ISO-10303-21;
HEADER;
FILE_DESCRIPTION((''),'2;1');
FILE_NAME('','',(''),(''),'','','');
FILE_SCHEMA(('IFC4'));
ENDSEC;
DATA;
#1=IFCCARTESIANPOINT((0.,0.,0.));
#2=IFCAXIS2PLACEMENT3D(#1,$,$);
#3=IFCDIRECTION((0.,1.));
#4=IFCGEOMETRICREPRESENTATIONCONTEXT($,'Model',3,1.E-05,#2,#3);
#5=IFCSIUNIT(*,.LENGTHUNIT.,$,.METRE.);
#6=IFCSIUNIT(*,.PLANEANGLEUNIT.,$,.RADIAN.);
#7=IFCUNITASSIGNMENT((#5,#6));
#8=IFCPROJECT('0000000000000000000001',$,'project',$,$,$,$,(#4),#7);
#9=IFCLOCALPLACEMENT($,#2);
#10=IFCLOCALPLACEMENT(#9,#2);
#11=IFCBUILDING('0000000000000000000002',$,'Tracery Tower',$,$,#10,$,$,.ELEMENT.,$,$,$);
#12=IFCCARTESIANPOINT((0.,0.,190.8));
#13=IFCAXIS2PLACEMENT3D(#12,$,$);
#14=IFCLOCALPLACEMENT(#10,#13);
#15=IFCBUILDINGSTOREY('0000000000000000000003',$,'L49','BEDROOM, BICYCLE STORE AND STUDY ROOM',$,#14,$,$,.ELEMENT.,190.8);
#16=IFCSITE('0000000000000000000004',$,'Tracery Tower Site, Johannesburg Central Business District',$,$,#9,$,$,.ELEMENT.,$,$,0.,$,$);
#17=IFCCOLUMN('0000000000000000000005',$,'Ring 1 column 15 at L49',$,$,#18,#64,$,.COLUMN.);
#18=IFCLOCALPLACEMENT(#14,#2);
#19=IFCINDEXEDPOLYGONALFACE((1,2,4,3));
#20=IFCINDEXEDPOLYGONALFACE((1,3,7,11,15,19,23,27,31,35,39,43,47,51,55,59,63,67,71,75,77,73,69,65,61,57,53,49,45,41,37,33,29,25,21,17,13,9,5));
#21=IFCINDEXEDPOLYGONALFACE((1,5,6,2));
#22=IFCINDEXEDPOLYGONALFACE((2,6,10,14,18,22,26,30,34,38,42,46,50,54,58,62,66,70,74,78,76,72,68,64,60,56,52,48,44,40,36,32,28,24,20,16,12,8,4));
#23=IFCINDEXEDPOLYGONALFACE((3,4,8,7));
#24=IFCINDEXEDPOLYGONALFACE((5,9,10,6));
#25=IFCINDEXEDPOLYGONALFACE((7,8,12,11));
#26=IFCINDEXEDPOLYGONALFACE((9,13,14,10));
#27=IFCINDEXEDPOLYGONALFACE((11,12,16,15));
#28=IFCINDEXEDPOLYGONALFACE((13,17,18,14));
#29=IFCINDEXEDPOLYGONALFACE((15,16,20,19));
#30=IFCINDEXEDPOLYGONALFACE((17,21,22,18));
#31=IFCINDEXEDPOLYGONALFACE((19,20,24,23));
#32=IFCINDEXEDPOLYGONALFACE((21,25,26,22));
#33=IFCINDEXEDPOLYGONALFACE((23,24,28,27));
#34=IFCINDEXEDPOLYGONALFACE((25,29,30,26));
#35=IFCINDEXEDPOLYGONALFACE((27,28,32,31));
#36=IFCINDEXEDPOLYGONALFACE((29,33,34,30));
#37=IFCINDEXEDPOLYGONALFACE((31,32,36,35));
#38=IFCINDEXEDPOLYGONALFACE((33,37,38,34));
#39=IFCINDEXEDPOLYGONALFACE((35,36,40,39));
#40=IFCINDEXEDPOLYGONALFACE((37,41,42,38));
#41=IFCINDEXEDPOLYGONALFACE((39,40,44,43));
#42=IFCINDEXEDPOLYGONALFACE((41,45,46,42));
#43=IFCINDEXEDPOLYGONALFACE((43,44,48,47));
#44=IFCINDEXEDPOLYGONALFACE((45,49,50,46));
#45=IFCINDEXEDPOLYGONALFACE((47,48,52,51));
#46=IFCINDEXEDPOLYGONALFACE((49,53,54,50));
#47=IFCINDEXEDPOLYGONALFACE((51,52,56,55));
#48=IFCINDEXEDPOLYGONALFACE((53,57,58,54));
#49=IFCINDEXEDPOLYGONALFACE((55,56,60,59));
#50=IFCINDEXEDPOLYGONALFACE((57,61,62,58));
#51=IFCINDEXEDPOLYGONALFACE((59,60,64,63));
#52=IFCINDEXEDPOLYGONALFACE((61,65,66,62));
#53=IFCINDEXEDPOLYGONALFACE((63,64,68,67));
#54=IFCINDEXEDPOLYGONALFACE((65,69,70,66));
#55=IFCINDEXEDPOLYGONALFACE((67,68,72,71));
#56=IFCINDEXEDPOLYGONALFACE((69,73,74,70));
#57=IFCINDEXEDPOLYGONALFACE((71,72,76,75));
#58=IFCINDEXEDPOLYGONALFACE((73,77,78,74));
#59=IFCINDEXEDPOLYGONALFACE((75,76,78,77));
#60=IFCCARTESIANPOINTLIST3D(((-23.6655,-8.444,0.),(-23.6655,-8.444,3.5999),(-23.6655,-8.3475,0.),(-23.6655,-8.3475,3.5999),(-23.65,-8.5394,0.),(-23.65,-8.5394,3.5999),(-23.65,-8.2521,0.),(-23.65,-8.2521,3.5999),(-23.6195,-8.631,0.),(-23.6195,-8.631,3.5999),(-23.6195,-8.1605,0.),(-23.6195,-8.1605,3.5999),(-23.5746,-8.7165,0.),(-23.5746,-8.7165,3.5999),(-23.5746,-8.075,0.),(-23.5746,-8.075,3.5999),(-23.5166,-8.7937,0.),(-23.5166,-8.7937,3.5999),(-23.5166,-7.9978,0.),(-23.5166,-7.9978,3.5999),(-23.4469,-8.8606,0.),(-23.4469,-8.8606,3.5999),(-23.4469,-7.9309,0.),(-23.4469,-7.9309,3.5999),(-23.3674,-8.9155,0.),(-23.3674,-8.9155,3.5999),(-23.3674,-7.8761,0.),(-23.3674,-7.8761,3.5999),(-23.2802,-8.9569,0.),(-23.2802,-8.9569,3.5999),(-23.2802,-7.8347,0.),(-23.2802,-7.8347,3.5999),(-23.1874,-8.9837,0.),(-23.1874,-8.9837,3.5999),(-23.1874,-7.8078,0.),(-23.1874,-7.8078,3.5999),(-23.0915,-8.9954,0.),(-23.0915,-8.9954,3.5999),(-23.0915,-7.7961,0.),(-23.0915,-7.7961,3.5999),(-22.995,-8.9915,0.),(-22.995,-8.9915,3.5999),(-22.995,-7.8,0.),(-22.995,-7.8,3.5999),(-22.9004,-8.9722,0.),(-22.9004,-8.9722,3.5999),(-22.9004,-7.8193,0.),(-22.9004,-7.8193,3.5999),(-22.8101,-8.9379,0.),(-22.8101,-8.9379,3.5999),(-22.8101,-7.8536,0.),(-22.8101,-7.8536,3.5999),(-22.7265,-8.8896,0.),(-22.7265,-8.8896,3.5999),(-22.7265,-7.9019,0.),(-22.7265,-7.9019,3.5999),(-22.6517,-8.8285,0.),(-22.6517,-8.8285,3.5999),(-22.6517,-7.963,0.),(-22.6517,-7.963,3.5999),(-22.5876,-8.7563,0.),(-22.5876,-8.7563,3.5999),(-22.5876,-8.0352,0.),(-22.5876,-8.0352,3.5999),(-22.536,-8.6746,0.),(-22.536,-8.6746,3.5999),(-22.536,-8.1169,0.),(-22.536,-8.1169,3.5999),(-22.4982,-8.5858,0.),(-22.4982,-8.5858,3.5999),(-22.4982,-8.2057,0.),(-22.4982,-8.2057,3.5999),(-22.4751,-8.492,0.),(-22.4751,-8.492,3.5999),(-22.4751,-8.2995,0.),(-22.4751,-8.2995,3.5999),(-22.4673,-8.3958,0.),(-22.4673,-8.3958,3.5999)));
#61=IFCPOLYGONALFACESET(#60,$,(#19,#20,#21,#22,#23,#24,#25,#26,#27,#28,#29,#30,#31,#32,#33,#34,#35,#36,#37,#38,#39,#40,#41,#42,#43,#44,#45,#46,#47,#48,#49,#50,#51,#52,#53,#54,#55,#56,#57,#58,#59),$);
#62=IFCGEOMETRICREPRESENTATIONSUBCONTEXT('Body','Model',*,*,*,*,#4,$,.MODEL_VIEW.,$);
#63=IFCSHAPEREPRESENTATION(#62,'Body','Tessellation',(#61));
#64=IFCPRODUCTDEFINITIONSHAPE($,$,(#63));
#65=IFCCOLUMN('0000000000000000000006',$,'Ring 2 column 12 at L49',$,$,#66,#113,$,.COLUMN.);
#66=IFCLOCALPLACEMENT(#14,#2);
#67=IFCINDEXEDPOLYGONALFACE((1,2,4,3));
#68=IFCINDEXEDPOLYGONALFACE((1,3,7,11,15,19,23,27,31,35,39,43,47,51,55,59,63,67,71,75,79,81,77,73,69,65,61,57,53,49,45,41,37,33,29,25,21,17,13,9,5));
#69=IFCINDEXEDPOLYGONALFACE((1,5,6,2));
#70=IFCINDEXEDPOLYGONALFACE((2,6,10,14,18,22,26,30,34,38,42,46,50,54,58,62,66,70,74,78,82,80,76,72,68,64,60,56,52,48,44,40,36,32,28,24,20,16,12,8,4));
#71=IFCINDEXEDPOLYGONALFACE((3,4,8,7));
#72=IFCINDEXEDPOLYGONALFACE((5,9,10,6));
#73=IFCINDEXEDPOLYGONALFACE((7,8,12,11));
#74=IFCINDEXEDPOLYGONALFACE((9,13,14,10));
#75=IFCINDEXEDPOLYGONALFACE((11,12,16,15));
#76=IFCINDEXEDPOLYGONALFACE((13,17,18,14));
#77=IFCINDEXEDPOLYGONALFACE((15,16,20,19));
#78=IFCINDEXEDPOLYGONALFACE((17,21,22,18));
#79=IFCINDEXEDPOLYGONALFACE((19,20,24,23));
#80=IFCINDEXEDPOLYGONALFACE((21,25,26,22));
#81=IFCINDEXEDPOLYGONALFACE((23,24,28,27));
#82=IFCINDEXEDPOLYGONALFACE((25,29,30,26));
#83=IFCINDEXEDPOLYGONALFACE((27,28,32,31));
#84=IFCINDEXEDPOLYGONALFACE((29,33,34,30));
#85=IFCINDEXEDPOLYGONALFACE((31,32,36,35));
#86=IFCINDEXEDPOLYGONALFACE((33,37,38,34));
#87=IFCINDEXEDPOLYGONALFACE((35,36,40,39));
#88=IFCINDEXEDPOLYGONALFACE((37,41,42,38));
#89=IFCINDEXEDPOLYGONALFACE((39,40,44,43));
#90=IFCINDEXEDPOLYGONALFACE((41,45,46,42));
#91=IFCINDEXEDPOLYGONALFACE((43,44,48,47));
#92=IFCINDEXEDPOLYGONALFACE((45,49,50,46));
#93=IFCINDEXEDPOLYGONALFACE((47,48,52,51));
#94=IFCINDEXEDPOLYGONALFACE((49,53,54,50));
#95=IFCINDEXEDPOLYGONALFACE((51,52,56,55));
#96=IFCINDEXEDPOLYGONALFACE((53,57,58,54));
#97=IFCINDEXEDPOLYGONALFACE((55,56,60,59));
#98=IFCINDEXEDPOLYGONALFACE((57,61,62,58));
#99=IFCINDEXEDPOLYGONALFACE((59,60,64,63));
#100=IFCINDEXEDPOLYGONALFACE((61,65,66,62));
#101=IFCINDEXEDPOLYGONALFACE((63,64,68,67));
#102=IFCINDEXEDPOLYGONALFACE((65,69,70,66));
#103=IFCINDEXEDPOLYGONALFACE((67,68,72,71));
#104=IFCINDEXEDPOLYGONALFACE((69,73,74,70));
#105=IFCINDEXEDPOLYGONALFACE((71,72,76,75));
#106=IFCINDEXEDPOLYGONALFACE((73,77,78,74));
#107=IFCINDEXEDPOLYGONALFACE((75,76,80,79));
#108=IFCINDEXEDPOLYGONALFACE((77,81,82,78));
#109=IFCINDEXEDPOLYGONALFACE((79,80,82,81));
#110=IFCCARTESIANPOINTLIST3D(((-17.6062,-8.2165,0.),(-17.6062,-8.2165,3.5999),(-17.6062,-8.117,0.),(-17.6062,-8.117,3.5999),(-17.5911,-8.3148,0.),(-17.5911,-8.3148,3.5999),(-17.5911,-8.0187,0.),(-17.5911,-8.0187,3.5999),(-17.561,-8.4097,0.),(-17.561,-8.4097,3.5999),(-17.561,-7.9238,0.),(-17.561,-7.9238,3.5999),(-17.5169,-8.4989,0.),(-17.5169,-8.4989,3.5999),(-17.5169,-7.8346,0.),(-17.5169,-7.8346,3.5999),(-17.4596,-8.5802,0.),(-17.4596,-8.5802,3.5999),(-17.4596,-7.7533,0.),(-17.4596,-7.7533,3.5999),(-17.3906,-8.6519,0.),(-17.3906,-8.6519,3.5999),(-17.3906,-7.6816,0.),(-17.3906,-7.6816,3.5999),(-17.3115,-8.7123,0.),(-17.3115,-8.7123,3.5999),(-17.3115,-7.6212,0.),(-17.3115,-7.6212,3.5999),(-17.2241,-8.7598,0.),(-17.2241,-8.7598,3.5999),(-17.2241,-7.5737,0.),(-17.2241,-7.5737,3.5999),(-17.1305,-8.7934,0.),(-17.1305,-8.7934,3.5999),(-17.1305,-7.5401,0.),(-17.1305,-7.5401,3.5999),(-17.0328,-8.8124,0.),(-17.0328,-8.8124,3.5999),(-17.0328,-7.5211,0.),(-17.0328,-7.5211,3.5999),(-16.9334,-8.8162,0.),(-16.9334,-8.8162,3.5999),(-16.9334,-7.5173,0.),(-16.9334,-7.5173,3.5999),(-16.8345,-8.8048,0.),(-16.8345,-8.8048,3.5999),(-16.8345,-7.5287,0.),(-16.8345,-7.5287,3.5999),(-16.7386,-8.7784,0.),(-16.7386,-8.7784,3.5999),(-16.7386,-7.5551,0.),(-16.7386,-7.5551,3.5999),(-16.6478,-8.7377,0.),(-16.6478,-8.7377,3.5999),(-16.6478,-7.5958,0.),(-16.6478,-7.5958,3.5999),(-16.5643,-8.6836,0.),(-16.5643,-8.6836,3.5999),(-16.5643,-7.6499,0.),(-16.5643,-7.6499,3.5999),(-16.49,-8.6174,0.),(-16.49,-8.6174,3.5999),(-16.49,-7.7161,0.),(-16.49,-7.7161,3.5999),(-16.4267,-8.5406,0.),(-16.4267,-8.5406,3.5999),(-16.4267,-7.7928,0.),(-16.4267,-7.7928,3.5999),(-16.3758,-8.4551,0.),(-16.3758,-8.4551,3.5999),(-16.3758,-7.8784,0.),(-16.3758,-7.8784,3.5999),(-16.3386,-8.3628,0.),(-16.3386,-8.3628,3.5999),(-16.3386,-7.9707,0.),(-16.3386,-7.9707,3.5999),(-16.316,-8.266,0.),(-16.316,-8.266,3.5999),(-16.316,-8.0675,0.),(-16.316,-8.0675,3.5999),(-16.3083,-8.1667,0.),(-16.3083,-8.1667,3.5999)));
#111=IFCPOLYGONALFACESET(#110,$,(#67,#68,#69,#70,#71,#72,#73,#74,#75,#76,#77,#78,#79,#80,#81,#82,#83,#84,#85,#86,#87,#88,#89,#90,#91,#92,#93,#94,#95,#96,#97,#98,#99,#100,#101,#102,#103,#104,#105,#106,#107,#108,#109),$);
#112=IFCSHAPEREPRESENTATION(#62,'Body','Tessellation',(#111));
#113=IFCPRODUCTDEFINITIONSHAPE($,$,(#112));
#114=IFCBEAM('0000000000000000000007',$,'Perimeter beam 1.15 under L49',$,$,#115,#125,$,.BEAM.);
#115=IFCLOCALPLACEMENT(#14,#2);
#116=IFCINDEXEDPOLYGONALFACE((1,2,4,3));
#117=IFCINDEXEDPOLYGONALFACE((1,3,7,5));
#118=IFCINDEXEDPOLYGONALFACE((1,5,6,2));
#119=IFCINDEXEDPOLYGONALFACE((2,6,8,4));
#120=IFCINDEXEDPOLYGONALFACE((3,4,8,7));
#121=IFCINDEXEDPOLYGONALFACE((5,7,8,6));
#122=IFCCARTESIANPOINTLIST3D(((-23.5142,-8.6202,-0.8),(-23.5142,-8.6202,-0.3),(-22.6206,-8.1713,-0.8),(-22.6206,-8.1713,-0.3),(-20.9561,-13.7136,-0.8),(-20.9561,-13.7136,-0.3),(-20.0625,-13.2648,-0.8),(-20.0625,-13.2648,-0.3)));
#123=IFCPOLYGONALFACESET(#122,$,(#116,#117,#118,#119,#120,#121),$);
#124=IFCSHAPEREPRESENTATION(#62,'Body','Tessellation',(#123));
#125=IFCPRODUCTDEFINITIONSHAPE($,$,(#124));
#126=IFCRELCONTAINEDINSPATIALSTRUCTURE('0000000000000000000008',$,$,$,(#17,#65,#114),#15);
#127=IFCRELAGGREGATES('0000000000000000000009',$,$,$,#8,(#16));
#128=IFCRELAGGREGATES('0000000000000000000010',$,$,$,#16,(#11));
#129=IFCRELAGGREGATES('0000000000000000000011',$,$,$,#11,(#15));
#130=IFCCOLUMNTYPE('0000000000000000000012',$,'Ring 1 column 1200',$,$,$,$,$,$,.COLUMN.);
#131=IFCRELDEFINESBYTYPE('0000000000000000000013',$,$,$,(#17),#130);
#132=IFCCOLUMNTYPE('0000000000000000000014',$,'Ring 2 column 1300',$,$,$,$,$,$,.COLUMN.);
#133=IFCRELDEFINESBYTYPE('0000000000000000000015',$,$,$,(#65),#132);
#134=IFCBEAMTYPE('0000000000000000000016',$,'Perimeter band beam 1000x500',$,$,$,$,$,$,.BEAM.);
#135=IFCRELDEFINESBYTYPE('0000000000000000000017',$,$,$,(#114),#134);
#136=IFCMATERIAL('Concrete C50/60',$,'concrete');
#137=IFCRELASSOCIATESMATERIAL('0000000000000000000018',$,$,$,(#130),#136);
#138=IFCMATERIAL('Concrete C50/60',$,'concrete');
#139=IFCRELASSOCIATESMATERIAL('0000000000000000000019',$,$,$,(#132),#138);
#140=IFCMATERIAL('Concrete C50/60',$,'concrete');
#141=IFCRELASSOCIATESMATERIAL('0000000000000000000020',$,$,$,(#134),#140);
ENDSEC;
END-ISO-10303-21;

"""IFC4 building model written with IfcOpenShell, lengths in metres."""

from ifc_helpers import new_model, si_unit, direction, frame, origin, origin_2d, place, context, subcontext, project, spatial, rectangle, circle, extrude, material, material_profile, profile_set, type_object, element, save


model = new_model("IFC4")

# Units and contexts
model_context = context("Model", 3, precision=1e-05, world=origin(), true_north=direction((0.0, 1.0)))
body_context = subcontext(model_context, "Body", "Model", "MODEL_VIEW")
ifc_project = project(units=[si_unit("LENGTHUNIT", "METRE"), si_unit("PLANEANGLEUNIT", "RADIAN")], contexts=[model_context])

# Site, building, storey
site_placement = place(None, origin())
site = spatial("IfcSite", under=ifc_project, at=site_placement, Name="Tracery Tower Site, Johannesburg Central Business District", CompositionType="ELEMENT", RefElevation=0.0)
building_placement = place(site_placement, origin())
building = spatial("IfcBuilding", under=site, at=building_placement, Name="Tracery Tower", CompositionType="ELEMENT")
storey_placement = place(building_placement, frame((0.0, 0.0, 190.8)))
storey = spatial("IfcBuildingStorey", under=building, at=storey_placement, Name="L49", Description="BEDROOM, BICYCLE STORE AND STUDY ROOM", CompositionType="ELEMENT", Elevation=190.8)

# Columns
ifc_material_1 = material(Name="Concrete C50/60", Category="concrete")
ifc_material_profile_1 = material_profile(ifc_material_1, circle(Radius=0.6001, at=origin_2d()), Name="RC D1200")
ifc_profile_set_1 = profile_set([ifc_material_profile_1], Name="Concrete C50/60")
column_type_1 = type_object("IfcColumnType", Name="Ring 1 column 1200", PredefinedType="COLUMN", material=ifc_profile_set_1)
column_1_placement = place(storey_placement, frame((-23.0674, -8.3958, 0.0), z_axis=(0.0, 0.0, 1.0), x_axis=(1.0, 0.0, 0.0)))
element("IfcColumn", 1, at=column_1_placement, inside=storey, type_object=column_type_1, Name="Ring 1 column 15 at L49", PredefinedType="COLUMN", context=body_context, shape_type="SweptSolid", body=[
    extrude(circle(Radius=0.6001, at=origin_2d()), origin(), (0.0, 0.0, 1.0), 3.5999),
])
ifc_material_2 = material(Name="Concrete C50/60", Category="concrete")
ifc_material_profile_2 = material_profile(ifc_material_2, circle(Radius=0.6499, at=origin_2d()), Name="RC D1300")
ifc_profile_set_2 = profile_set([ifc_material_profile_2], Name="Concrete C50/60")
column_type_2 = type_object("IfcColumnType", Name="Ring 2 column 1300", PredefinedType="COLUMN", material=ifc_profile_set_2)
column_2_placement = place(storey_placement, frame((-16.9583, -8.1667, 0.0), z_axis=(0.0, 0.0, 1.0), x_axis=(1.0, 0.0, 0.0)))
element("IfcColumn", 2, at=column_2_placement, inside=storey, type_object=column_type_2, Name="Ring 2 column 12 at L49", PredefinedType="COLUMN", context=body_context, shape_type="SweptSolid", body=[
    extrude(circle(Radius=0.6499, at=origin_2d()), origin(), (0.0, 0.0, 1.0), 3.5999),
])

# Beam
ifc_material_3 = material(Name="Concrete C50/60", Category="concrete")
ifc_material_profile_3 = material_profile(ifc_material_3, rectangle(XDim=1.0, YDim=0.5, at=origin_2d()), Name="RC 1000x500")
ifc_profile_set_3 = profile_set([ifc_material_profile_3], Name="Concrete C50/60")
beam_type = type_object("IfcBeamType", Name="Perimeter band beam 1000x500", PredefinedType="BEAM", material=ifc_profile_set_3)
beam_placement = place(storey_placement, frame((-23.0674, -8.3958, -0.55), z_axis=(0.448806, -0.893629, 0.0), x_axis=(0.893629, 0.448806, 0.0)))
element("IfcBeam", 3, at=beam_placement, inside=storey, type_object=beam_type, Name="Perimeter beam 1.15 under L49", PredefinedType="BEAM", context=body_context, shape_type="SweptSolid", body=[
    extrude(rectangle(XDim=1.0, YDim=0.5, at=origin_2d()), origin(), (0.0, 0.0, 1.0), 5.6997),
])

save(model, "model.ifc")
